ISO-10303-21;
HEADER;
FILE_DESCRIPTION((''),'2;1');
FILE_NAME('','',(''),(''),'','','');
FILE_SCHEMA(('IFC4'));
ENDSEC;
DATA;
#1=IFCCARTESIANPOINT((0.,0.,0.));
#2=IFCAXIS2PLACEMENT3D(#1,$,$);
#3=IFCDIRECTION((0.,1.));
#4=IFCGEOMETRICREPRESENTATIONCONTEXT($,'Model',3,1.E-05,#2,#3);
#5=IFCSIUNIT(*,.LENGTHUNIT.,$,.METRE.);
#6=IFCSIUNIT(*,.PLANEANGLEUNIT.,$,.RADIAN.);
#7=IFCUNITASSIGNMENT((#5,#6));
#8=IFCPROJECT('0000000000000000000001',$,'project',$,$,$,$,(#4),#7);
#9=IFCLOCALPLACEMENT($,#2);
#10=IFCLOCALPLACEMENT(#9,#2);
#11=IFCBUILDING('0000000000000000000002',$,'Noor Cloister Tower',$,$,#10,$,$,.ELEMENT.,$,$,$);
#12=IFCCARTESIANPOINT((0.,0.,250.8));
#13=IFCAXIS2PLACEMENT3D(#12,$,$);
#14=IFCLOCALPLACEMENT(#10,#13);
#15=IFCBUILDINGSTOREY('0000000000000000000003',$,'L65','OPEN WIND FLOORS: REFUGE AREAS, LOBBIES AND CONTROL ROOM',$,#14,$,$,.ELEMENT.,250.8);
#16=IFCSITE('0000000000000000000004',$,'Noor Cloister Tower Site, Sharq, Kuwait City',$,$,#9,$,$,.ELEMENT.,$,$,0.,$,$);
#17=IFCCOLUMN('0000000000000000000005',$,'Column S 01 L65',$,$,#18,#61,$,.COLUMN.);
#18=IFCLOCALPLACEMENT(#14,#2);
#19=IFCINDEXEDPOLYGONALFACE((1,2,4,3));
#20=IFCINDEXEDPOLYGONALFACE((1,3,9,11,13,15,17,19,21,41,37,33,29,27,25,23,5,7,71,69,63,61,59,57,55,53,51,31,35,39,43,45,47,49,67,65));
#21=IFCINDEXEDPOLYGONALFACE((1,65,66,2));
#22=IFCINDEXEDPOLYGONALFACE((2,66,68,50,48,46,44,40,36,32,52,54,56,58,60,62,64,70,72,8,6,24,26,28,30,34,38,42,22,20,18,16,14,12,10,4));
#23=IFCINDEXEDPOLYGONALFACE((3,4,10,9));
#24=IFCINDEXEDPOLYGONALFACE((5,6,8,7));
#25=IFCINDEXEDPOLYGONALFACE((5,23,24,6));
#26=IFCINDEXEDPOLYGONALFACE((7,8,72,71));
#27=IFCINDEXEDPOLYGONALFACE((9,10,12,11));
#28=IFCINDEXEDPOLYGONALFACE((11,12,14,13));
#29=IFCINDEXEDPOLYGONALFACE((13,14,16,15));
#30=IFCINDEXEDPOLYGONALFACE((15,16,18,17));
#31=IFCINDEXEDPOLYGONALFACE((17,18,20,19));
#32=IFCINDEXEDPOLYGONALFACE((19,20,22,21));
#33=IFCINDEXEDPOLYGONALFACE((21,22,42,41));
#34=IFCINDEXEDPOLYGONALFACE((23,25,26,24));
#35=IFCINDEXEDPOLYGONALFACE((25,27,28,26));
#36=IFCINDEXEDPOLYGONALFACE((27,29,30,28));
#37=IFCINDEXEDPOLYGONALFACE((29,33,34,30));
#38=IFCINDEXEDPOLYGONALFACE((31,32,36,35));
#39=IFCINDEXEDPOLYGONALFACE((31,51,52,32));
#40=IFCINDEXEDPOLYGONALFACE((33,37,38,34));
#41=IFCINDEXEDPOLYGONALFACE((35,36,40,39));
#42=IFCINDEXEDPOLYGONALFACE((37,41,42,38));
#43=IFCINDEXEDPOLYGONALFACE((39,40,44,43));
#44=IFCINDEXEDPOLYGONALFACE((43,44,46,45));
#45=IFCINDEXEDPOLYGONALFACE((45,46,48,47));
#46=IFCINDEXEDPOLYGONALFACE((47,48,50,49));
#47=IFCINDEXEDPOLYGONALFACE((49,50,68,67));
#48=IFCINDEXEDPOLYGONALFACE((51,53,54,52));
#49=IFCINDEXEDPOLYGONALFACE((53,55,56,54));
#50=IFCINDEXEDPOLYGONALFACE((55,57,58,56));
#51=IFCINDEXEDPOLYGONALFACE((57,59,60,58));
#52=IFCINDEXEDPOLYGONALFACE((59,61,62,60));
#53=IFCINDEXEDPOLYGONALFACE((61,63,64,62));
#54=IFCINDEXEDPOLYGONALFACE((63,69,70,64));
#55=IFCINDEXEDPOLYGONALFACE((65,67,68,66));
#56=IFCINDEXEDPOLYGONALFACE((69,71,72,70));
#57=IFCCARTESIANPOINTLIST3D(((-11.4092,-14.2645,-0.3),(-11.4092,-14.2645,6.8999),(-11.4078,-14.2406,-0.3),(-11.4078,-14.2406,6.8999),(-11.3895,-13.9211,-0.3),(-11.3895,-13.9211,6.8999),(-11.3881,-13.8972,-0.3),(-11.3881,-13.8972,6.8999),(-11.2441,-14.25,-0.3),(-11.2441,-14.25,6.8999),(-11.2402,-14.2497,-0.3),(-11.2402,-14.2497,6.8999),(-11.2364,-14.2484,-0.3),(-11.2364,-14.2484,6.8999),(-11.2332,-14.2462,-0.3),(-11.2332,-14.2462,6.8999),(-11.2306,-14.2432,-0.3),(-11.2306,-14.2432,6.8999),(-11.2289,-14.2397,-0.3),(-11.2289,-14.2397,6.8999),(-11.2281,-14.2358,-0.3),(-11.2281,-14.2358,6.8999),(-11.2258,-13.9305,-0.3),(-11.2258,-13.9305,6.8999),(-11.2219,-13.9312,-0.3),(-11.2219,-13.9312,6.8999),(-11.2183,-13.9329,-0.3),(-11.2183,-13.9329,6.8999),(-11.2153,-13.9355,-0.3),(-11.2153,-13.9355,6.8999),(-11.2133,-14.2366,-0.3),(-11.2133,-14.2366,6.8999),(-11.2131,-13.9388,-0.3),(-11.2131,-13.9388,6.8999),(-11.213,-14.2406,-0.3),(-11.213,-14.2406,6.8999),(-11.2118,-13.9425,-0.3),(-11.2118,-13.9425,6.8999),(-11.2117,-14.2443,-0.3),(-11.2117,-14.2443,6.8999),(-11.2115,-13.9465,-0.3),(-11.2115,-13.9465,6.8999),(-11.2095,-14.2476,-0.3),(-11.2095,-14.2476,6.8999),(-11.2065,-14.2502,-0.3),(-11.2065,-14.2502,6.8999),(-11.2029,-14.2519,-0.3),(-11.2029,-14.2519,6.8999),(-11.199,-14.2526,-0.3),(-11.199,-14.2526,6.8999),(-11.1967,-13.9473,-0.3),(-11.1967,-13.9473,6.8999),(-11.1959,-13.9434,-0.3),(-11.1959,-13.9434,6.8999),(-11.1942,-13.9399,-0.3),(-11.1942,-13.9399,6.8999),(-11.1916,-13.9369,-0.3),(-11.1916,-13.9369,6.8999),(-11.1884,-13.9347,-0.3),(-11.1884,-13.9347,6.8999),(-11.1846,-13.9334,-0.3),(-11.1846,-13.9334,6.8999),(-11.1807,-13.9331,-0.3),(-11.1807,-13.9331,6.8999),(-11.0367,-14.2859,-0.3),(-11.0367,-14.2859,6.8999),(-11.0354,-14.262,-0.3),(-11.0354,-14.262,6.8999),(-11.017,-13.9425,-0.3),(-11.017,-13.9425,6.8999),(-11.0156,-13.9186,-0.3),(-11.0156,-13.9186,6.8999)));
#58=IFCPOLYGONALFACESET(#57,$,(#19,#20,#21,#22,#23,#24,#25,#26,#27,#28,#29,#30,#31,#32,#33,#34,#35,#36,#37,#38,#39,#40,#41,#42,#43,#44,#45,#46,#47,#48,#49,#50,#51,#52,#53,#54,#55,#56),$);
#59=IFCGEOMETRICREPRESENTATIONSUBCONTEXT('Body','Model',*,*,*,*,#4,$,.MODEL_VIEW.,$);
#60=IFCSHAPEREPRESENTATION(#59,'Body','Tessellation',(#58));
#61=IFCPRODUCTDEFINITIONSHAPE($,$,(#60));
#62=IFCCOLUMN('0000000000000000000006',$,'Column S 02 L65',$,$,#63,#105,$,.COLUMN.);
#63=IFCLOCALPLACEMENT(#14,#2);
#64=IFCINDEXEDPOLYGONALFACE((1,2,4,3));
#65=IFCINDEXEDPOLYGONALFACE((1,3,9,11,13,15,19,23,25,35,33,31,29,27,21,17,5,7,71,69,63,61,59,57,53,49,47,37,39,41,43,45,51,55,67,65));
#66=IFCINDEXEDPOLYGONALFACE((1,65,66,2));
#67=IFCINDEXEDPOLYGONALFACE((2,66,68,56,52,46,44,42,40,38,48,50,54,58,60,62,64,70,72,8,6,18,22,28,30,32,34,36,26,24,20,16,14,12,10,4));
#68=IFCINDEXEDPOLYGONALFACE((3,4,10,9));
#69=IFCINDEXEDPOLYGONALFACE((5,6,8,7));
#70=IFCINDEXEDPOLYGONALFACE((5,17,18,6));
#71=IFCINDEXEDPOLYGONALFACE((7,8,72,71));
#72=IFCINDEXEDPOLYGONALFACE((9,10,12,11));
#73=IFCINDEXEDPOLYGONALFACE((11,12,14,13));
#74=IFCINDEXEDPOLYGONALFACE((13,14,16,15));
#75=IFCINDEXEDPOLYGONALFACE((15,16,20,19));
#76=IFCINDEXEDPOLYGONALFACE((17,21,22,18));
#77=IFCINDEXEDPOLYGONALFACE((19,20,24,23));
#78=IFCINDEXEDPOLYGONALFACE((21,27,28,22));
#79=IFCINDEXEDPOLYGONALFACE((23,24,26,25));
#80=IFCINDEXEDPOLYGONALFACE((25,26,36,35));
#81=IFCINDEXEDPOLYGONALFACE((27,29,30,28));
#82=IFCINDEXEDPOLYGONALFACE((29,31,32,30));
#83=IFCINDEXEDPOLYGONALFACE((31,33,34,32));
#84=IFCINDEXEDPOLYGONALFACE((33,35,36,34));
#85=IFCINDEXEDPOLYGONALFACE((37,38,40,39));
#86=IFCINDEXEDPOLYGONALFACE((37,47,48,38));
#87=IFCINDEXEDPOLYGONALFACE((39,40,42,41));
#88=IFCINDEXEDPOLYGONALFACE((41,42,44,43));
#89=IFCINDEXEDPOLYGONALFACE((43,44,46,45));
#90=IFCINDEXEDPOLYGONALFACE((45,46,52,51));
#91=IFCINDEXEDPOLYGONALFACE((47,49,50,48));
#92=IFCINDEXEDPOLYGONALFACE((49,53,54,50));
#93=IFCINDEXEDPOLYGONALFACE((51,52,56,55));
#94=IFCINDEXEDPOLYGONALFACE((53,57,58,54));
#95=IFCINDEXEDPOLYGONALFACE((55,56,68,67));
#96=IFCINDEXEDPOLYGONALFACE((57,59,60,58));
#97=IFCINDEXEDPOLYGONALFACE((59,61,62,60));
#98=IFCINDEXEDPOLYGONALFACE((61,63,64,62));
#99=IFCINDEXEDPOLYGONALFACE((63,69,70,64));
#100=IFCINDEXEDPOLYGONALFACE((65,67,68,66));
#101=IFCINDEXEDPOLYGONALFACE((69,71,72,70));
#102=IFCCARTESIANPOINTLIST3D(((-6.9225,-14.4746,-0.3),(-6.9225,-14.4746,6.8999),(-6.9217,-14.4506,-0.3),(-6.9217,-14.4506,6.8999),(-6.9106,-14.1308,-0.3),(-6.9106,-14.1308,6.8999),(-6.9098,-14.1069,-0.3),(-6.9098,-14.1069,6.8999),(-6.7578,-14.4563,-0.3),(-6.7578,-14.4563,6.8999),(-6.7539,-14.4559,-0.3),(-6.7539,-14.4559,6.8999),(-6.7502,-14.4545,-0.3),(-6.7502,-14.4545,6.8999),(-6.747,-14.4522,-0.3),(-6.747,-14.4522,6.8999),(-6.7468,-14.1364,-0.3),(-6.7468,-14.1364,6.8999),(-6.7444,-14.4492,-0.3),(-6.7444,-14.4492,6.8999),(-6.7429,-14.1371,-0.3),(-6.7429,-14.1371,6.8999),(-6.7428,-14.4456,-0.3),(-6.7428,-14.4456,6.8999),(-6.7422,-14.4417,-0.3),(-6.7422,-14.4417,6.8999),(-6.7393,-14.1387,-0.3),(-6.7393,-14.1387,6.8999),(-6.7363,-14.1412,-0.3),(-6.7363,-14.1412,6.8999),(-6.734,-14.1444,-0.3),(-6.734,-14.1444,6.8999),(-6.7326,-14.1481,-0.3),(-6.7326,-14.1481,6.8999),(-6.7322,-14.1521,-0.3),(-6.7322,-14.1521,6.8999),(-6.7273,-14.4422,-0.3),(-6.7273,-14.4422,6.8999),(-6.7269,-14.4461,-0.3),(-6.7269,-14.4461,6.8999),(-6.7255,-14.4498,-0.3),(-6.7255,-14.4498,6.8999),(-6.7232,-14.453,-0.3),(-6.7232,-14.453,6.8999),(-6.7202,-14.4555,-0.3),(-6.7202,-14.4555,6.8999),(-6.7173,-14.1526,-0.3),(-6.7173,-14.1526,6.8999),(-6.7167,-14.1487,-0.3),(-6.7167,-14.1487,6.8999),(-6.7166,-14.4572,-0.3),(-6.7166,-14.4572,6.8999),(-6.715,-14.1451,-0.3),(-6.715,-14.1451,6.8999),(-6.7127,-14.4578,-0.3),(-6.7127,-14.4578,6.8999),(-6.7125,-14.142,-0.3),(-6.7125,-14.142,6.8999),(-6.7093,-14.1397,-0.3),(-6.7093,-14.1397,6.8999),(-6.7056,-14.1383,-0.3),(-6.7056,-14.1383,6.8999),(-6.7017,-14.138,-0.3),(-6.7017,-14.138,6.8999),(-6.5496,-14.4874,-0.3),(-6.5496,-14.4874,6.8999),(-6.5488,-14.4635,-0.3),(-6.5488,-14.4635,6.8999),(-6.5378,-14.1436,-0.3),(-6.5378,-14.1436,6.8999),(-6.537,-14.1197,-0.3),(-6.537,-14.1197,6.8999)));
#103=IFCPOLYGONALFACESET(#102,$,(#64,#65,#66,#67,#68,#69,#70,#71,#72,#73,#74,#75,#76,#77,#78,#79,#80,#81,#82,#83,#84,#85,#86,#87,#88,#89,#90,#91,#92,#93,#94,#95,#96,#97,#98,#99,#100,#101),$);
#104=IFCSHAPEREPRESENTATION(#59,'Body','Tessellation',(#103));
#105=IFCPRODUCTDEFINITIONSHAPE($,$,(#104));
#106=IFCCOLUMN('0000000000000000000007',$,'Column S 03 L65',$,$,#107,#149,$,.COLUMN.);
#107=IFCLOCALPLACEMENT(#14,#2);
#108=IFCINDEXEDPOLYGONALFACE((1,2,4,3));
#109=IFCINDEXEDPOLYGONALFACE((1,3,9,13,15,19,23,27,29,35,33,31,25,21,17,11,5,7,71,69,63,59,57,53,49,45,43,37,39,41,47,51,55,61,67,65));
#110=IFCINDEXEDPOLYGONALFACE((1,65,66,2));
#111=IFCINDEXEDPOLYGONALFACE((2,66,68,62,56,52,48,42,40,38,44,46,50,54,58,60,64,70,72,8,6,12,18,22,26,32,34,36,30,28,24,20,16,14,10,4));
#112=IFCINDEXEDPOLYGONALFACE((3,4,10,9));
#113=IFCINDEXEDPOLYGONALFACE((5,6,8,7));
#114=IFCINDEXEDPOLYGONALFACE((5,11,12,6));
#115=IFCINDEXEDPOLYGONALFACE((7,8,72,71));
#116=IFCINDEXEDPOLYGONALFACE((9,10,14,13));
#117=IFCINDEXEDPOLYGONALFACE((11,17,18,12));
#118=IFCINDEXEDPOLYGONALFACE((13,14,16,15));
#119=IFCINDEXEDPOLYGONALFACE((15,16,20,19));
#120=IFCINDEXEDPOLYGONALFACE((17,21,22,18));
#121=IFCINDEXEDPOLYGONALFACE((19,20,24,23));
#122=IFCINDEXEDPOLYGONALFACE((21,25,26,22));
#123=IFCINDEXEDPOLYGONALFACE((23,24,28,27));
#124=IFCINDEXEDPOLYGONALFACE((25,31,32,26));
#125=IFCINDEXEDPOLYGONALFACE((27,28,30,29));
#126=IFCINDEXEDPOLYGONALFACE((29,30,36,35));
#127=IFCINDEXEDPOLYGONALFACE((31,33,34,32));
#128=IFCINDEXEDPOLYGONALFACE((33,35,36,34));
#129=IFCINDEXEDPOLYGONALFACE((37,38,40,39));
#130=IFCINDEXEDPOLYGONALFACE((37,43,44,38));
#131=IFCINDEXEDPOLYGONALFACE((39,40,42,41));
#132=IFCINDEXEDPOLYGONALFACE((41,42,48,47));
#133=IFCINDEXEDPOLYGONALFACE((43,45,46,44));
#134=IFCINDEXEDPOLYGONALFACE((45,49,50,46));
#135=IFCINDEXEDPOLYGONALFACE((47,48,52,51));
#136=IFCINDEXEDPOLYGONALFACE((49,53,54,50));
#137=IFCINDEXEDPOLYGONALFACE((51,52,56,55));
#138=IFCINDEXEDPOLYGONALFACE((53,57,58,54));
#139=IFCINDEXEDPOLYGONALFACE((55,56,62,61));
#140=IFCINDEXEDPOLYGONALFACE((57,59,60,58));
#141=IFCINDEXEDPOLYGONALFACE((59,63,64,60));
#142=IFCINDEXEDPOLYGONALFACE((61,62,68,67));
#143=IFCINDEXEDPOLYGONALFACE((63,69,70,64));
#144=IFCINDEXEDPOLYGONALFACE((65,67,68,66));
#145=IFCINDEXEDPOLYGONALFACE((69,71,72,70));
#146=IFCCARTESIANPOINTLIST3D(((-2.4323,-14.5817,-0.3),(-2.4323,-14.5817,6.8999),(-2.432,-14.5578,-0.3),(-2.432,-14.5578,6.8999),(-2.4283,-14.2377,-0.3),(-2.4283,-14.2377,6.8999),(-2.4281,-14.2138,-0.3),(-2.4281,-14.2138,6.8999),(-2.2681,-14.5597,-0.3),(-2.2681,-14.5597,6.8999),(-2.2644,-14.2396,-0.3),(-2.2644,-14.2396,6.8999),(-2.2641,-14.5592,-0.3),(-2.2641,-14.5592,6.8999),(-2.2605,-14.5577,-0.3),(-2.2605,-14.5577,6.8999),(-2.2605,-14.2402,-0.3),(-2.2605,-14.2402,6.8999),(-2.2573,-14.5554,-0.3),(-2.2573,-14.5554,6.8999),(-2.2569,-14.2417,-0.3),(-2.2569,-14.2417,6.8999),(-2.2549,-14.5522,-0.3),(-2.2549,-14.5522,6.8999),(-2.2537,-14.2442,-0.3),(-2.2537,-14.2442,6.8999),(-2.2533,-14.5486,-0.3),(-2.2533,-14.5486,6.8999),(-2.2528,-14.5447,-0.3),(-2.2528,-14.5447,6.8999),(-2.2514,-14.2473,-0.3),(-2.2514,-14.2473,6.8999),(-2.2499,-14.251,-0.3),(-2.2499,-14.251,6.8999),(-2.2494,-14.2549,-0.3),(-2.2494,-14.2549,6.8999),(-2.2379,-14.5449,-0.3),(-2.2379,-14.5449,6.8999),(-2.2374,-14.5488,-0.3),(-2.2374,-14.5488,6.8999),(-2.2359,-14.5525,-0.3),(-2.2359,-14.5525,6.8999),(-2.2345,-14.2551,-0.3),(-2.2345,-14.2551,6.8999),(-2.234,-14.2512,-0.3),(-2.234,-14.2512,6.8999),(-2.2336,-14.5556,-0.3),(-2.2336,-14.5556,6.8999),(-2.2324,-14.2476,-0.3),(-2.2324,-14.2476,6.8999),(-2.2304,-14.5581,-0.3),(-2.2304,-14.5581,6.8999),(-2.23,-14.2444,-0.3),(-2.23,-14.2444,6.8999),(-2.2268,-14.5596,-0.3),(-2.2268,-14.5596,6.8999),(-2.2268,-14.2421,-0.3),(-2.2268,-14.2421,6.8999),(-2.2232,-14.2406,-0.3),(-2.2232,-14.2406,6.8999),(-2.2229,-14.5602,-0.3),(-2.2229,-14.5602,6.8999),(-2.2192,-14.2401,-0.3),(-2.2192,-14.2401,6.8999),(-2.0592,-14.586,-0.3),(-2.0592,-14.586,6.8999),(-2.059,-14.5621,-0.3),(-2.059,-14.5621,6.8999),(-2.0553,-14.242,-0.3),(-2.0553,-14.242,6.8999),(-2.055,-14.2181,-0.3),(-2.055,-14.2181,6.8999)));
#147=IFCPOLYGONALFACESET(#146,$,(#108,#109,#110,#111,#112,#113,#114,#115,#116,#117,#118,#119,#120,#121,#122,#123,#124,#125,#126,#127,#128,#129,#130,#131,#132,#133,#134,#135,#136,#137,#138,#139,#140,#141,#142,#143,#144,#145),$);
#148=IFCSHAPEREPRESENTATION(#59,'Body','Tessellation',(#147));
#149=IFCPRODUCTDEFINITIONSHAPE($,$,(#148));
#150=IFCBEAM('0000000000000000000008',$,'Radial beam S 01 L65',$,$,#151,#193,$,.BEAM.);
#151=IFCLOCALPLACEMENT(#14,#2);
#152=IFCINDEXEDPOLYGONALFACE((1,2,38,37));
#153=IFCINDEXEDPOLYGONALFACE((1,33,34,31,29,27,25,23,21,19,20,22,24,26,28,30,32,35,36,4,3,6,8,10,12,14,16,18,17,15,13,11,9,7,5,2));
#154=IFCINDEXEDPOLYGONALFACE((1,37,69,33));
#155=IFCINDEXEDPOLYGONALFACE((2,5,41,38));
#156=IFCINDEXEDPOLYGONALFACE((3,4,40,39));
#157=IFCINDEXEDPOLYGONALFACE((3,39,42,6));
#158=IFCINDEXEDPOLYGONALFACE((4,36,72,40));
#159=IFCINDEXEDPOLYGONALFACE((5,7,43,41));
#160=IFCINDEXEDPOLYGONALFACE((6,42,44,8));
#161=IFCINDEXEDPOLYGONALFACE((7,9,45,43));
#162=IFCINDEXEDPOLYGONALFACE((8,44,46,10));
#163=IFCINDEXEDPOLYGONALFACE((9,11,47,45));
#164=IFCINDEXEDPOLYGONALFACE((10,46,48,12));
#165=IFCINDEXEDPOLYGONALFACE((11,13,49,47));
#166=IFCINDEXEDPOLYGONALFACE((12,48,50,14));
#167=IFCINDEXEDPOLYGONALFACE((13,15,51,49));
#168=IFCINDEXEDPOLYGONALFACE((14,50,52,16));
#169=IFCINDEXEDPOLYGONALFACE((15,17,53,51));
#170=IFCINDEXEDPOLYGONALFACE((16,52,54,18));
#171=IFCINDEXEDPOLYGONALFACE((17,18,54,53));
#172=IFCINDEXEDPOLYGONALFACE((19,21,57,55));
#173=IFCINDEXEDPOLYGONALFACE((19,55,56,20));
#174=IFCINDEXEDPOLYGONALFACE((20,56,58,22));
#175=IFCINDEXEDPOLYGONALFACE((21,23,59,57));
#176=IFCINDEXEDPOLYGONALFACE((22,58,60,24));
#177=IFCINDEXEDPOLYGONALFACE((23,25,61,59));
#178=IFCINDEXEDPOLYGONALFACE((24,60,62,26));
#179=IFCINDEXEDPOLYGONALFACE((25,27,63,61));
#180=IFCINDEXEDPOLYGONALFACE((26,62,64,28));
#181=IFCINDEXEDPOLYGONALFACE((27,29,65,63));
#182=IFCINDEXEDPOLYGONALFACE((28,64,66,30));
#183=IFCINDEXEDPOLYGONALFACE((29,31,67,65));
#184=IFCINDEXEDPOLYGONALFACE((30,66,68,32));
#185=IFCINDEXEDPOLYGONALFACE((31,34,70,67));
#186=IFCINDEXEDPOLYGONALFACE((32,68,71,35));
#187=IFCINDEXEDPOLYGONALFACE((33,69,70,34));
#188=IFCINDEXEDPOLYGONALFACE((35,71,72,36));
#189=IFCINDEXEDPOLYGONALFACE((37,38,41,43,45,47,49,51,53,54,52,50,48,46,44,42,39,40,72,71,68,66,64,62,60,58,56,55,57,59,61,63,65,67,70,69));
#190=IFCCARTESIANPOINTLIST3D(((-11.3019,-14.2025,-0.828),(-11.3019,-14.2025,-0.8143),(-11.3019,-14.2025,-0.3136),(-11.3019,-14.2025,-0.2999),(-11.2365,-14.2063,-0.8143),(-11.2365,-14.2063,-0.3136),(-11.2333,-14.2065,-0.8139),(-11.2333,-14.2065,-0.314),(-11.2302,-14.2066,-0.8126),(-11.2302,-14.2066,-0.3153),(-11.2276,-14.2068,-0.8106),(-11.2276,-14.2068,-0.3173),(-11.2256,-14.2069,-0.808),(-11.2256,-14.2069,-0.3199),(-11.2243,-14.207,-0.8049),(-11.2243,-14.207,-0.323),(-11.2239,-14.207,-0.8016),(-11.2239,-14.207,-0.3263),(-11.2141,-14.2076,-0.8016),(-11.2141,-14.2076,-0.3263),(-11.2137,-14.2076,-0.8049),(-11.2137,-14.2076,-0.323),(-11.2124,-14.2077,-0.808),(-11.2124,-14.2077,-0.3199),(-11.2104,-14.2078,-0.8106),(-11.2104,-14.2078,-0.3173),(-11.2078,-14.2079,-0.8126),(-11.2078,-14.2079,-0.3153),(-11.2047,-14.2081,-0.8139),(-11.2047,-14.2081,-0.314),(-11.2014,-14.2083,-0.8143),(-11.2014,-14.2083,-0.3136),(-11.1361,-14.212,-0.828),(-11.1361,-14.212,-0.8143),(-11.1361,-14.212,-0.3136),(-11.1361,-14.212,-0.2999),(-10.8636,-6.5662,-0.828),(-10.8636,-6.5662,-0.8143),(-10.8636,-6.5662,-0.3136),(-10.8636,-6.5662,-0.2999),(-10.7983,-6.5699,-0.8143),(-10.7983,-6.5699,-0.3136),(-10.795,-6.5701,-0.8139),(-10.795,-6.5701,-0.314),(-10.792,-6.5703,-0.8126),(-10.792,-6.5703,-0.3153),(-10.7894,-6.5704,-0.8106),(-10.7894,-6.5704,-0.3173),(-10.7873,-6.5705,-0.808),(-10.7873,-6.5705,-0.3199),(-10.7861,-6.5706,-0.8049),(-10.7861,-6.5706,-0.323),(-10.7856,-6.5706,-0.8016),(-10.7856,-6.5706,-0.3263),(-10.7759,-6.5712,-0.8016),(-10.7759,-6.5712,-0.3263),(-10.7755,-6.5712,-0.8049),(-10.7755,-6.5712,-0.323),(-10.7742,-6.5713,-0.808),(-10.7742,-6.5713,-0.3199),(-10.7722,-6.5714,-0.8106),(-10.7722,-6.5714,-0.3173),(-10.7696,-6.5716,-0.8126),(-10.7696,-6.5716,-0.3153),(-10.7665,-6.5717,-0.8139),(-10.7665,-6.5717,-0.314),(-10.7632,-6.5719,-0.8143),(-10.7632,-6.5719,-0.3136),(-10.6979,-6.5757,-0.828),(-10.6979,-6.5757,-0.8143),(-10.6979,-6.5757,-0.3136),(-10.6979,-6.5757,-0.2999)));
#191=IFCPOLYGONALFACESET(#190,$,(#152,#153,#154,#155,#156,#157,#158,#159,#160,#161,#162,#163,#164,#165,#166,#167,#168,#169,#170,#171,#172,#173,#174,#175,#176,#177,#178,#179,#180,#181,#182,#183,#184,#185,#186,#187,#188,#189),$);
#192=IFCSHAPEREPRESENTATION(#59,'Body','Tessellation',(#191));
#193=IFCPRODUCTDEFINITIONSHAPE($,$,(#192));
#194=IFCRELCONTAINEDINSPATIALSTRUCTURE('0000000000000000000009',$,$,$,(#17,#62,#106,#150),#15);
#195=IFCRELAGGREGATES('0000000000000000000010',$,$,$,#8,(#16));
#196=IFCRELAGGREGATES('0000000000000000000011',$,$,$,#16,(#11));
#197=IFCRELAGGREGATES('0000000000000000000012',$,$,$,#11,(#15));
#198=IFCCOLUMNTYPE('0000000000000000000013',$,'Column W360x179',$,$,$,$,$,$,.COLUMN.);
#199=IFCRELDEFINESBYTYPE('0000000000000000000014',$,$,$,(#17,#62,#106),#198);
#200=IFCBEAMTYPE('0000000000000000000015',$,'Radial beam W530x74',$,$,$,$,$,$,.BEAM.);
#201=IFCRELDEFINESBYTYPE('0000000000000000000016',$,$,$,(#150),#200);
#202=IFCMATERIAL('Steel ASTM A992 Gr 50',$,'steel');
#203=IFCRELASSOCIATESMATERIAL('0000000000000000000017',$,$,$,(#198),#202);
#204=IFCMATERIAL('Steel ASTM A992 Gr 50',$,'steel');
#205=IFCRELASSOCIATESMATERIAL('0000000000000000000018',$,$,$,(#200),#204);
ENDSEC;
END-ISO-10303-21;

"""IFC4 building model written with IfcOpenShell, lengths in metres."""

from ifc_helpers import new_model, si_unit, direction, frame, origin, origin_2d, place, context, subcontext, project, spatial, i_section, extrude, material, material_profile, profile_set, type_object, element, save


model = new_model("IFC4")

# Units and contexts
model_context = context("Model", 3, precision=1e-05, world=origin(), true_north=direction((0.0, 1.0)))
body_context = subcontext(model_context, "Body", "Model", "MODEL_VIEW")
ifc_project = project(units=[si_unit("LENGTHUNIT", "METRE"), si_unit("PLANEANGLEUNIT", "RADIAN")], contexts=[model_context])

# Site, building, storey
site_placement = place(None, origin())
site = spatial("IfcSite", under=ifc_project, at=site_placement, Name="Noor Cloister Tower Site, Sharq, Kuwait City", CompositionType="ELEMENT", RefElevation=0.0)
building_placement = place(site_placement, origin())
building = spatial("IfcBuilding", under=site, at=building_placement, Name="Noor Cloister Tower", CompositionType="ELEMENT")
storey_placement = place(building_placement, frame((0.0, 0.0, 250.8)))
storey = spatial("IfcBuildingStorey", under=building, at=storey_placement, Name="L65", Description="OPEN WIND FLOORS: REFUGE AREAS, LOBBIES AND CONTROL ROOM", CompositionType="ELEMENT", Elevation=250.8)

# Columns
ifc_material_1 = material(Name="Steel ASTM A992 Gr 50", Category="steel")
ifc_material_profile_1 = material_profile(ifc_material_1, i_section(OverallWidth=0.373, OverallDepth=0.3679, WebThickness=0.0149, FlangeThickness=0.0239, FilletRadius=0.0151, at=origin_2d()), Name="W360x179")
ifc_profile_set_1 = profile_set([ifc_material_profile_1], Name="Steel ASTM A992 Gr 50")
column_type = type_object("IfcColumnType", Name="Column W360x179", PredefinedType="COLUMN", material=ifc_profile_set_1)
for number, where, z_axis, x_axis, name in (
    (1, (-11.2124, -14.0916, -0.3), (0.0, 0.0, 1.0), (0.998358, -0.057286, 0.0), "Column S 01 L65"),
    (2, (-6.7297, -14.2971, -0.3), (0.0, 0.0, 1.0), (0.999409, -0.034383, 0.0), "Column S 02 L65"),
    (3, (-2.2437, -14.3999, -0.3), (0.0, 0.0, 1.0), (0.999934, -0.011463, 0.0), "Column S 03 L65"),
):
    element("IfcColumn", number, at=place(storey_placement, frame(where, z_axis=z_axis, x_axis=x_axis)), inside=storey, type_object=column_type, Name=name, PredefinedType="COLUMN", context=body_context, shape_type="SweptSolid", body=[
        extrude(i_section(OverallWidth=0.373, OverallDepth=0.3679, WebThickness=0.0149, FlangeThickness=0.0239, FilletRadius=0.0151, at=origin_2d()), origin(), (0.0, 0.0, 1.0), 7.2),
    ])

# Beam
ifc_material_2 = material(Name="Steel ASTM A992 Gr 50", Category="steel")
ifc_material_profile_2 = material_profile(ifc_material_2, i_section(OverallWidth=0.166, OverallDepth=0.5281, WebThickness=0.0098, FlangeThickness=0.0137, FilletRadius=0.0127, at=origin_2d()), Name="W530x74")
ifc_profile_set_2 = profile_set([ifc_material_profile_2], Name="Steel ASTM A992 Gr 50")
beam_type_1 = type_object("IfcBeamType", Name="Radial beam W530x74", PredefinedType="BEAM", material=ifc_profile_set_2)
beam_1_placement = place(storey_placement, frame((-11.219, -14.2073, -0.564), z_axis=(0.057292, 0.998357, 0.0), x_axis=(-0.998357, 0.057292, 0.0)))
element("IfcBeam", 4, at=beam_1_placement, inside=storey, type_object=beam_type_1, Name="Radial beam S 01 L65", PredefinedType="BEAM", context=body_context, shape_type="SweptSolid", body=[
    extrude(i_section(OverallWidth=0.166, OverallDepth=0.5281, WebThickness=0.0098, FlangeThickness=0.0137, FilletRadius=0.0127, at=origin_2d()), origin(), (0.0, 0.0, 1.0), 7.6489),
])

save(model, "model.ifc")
